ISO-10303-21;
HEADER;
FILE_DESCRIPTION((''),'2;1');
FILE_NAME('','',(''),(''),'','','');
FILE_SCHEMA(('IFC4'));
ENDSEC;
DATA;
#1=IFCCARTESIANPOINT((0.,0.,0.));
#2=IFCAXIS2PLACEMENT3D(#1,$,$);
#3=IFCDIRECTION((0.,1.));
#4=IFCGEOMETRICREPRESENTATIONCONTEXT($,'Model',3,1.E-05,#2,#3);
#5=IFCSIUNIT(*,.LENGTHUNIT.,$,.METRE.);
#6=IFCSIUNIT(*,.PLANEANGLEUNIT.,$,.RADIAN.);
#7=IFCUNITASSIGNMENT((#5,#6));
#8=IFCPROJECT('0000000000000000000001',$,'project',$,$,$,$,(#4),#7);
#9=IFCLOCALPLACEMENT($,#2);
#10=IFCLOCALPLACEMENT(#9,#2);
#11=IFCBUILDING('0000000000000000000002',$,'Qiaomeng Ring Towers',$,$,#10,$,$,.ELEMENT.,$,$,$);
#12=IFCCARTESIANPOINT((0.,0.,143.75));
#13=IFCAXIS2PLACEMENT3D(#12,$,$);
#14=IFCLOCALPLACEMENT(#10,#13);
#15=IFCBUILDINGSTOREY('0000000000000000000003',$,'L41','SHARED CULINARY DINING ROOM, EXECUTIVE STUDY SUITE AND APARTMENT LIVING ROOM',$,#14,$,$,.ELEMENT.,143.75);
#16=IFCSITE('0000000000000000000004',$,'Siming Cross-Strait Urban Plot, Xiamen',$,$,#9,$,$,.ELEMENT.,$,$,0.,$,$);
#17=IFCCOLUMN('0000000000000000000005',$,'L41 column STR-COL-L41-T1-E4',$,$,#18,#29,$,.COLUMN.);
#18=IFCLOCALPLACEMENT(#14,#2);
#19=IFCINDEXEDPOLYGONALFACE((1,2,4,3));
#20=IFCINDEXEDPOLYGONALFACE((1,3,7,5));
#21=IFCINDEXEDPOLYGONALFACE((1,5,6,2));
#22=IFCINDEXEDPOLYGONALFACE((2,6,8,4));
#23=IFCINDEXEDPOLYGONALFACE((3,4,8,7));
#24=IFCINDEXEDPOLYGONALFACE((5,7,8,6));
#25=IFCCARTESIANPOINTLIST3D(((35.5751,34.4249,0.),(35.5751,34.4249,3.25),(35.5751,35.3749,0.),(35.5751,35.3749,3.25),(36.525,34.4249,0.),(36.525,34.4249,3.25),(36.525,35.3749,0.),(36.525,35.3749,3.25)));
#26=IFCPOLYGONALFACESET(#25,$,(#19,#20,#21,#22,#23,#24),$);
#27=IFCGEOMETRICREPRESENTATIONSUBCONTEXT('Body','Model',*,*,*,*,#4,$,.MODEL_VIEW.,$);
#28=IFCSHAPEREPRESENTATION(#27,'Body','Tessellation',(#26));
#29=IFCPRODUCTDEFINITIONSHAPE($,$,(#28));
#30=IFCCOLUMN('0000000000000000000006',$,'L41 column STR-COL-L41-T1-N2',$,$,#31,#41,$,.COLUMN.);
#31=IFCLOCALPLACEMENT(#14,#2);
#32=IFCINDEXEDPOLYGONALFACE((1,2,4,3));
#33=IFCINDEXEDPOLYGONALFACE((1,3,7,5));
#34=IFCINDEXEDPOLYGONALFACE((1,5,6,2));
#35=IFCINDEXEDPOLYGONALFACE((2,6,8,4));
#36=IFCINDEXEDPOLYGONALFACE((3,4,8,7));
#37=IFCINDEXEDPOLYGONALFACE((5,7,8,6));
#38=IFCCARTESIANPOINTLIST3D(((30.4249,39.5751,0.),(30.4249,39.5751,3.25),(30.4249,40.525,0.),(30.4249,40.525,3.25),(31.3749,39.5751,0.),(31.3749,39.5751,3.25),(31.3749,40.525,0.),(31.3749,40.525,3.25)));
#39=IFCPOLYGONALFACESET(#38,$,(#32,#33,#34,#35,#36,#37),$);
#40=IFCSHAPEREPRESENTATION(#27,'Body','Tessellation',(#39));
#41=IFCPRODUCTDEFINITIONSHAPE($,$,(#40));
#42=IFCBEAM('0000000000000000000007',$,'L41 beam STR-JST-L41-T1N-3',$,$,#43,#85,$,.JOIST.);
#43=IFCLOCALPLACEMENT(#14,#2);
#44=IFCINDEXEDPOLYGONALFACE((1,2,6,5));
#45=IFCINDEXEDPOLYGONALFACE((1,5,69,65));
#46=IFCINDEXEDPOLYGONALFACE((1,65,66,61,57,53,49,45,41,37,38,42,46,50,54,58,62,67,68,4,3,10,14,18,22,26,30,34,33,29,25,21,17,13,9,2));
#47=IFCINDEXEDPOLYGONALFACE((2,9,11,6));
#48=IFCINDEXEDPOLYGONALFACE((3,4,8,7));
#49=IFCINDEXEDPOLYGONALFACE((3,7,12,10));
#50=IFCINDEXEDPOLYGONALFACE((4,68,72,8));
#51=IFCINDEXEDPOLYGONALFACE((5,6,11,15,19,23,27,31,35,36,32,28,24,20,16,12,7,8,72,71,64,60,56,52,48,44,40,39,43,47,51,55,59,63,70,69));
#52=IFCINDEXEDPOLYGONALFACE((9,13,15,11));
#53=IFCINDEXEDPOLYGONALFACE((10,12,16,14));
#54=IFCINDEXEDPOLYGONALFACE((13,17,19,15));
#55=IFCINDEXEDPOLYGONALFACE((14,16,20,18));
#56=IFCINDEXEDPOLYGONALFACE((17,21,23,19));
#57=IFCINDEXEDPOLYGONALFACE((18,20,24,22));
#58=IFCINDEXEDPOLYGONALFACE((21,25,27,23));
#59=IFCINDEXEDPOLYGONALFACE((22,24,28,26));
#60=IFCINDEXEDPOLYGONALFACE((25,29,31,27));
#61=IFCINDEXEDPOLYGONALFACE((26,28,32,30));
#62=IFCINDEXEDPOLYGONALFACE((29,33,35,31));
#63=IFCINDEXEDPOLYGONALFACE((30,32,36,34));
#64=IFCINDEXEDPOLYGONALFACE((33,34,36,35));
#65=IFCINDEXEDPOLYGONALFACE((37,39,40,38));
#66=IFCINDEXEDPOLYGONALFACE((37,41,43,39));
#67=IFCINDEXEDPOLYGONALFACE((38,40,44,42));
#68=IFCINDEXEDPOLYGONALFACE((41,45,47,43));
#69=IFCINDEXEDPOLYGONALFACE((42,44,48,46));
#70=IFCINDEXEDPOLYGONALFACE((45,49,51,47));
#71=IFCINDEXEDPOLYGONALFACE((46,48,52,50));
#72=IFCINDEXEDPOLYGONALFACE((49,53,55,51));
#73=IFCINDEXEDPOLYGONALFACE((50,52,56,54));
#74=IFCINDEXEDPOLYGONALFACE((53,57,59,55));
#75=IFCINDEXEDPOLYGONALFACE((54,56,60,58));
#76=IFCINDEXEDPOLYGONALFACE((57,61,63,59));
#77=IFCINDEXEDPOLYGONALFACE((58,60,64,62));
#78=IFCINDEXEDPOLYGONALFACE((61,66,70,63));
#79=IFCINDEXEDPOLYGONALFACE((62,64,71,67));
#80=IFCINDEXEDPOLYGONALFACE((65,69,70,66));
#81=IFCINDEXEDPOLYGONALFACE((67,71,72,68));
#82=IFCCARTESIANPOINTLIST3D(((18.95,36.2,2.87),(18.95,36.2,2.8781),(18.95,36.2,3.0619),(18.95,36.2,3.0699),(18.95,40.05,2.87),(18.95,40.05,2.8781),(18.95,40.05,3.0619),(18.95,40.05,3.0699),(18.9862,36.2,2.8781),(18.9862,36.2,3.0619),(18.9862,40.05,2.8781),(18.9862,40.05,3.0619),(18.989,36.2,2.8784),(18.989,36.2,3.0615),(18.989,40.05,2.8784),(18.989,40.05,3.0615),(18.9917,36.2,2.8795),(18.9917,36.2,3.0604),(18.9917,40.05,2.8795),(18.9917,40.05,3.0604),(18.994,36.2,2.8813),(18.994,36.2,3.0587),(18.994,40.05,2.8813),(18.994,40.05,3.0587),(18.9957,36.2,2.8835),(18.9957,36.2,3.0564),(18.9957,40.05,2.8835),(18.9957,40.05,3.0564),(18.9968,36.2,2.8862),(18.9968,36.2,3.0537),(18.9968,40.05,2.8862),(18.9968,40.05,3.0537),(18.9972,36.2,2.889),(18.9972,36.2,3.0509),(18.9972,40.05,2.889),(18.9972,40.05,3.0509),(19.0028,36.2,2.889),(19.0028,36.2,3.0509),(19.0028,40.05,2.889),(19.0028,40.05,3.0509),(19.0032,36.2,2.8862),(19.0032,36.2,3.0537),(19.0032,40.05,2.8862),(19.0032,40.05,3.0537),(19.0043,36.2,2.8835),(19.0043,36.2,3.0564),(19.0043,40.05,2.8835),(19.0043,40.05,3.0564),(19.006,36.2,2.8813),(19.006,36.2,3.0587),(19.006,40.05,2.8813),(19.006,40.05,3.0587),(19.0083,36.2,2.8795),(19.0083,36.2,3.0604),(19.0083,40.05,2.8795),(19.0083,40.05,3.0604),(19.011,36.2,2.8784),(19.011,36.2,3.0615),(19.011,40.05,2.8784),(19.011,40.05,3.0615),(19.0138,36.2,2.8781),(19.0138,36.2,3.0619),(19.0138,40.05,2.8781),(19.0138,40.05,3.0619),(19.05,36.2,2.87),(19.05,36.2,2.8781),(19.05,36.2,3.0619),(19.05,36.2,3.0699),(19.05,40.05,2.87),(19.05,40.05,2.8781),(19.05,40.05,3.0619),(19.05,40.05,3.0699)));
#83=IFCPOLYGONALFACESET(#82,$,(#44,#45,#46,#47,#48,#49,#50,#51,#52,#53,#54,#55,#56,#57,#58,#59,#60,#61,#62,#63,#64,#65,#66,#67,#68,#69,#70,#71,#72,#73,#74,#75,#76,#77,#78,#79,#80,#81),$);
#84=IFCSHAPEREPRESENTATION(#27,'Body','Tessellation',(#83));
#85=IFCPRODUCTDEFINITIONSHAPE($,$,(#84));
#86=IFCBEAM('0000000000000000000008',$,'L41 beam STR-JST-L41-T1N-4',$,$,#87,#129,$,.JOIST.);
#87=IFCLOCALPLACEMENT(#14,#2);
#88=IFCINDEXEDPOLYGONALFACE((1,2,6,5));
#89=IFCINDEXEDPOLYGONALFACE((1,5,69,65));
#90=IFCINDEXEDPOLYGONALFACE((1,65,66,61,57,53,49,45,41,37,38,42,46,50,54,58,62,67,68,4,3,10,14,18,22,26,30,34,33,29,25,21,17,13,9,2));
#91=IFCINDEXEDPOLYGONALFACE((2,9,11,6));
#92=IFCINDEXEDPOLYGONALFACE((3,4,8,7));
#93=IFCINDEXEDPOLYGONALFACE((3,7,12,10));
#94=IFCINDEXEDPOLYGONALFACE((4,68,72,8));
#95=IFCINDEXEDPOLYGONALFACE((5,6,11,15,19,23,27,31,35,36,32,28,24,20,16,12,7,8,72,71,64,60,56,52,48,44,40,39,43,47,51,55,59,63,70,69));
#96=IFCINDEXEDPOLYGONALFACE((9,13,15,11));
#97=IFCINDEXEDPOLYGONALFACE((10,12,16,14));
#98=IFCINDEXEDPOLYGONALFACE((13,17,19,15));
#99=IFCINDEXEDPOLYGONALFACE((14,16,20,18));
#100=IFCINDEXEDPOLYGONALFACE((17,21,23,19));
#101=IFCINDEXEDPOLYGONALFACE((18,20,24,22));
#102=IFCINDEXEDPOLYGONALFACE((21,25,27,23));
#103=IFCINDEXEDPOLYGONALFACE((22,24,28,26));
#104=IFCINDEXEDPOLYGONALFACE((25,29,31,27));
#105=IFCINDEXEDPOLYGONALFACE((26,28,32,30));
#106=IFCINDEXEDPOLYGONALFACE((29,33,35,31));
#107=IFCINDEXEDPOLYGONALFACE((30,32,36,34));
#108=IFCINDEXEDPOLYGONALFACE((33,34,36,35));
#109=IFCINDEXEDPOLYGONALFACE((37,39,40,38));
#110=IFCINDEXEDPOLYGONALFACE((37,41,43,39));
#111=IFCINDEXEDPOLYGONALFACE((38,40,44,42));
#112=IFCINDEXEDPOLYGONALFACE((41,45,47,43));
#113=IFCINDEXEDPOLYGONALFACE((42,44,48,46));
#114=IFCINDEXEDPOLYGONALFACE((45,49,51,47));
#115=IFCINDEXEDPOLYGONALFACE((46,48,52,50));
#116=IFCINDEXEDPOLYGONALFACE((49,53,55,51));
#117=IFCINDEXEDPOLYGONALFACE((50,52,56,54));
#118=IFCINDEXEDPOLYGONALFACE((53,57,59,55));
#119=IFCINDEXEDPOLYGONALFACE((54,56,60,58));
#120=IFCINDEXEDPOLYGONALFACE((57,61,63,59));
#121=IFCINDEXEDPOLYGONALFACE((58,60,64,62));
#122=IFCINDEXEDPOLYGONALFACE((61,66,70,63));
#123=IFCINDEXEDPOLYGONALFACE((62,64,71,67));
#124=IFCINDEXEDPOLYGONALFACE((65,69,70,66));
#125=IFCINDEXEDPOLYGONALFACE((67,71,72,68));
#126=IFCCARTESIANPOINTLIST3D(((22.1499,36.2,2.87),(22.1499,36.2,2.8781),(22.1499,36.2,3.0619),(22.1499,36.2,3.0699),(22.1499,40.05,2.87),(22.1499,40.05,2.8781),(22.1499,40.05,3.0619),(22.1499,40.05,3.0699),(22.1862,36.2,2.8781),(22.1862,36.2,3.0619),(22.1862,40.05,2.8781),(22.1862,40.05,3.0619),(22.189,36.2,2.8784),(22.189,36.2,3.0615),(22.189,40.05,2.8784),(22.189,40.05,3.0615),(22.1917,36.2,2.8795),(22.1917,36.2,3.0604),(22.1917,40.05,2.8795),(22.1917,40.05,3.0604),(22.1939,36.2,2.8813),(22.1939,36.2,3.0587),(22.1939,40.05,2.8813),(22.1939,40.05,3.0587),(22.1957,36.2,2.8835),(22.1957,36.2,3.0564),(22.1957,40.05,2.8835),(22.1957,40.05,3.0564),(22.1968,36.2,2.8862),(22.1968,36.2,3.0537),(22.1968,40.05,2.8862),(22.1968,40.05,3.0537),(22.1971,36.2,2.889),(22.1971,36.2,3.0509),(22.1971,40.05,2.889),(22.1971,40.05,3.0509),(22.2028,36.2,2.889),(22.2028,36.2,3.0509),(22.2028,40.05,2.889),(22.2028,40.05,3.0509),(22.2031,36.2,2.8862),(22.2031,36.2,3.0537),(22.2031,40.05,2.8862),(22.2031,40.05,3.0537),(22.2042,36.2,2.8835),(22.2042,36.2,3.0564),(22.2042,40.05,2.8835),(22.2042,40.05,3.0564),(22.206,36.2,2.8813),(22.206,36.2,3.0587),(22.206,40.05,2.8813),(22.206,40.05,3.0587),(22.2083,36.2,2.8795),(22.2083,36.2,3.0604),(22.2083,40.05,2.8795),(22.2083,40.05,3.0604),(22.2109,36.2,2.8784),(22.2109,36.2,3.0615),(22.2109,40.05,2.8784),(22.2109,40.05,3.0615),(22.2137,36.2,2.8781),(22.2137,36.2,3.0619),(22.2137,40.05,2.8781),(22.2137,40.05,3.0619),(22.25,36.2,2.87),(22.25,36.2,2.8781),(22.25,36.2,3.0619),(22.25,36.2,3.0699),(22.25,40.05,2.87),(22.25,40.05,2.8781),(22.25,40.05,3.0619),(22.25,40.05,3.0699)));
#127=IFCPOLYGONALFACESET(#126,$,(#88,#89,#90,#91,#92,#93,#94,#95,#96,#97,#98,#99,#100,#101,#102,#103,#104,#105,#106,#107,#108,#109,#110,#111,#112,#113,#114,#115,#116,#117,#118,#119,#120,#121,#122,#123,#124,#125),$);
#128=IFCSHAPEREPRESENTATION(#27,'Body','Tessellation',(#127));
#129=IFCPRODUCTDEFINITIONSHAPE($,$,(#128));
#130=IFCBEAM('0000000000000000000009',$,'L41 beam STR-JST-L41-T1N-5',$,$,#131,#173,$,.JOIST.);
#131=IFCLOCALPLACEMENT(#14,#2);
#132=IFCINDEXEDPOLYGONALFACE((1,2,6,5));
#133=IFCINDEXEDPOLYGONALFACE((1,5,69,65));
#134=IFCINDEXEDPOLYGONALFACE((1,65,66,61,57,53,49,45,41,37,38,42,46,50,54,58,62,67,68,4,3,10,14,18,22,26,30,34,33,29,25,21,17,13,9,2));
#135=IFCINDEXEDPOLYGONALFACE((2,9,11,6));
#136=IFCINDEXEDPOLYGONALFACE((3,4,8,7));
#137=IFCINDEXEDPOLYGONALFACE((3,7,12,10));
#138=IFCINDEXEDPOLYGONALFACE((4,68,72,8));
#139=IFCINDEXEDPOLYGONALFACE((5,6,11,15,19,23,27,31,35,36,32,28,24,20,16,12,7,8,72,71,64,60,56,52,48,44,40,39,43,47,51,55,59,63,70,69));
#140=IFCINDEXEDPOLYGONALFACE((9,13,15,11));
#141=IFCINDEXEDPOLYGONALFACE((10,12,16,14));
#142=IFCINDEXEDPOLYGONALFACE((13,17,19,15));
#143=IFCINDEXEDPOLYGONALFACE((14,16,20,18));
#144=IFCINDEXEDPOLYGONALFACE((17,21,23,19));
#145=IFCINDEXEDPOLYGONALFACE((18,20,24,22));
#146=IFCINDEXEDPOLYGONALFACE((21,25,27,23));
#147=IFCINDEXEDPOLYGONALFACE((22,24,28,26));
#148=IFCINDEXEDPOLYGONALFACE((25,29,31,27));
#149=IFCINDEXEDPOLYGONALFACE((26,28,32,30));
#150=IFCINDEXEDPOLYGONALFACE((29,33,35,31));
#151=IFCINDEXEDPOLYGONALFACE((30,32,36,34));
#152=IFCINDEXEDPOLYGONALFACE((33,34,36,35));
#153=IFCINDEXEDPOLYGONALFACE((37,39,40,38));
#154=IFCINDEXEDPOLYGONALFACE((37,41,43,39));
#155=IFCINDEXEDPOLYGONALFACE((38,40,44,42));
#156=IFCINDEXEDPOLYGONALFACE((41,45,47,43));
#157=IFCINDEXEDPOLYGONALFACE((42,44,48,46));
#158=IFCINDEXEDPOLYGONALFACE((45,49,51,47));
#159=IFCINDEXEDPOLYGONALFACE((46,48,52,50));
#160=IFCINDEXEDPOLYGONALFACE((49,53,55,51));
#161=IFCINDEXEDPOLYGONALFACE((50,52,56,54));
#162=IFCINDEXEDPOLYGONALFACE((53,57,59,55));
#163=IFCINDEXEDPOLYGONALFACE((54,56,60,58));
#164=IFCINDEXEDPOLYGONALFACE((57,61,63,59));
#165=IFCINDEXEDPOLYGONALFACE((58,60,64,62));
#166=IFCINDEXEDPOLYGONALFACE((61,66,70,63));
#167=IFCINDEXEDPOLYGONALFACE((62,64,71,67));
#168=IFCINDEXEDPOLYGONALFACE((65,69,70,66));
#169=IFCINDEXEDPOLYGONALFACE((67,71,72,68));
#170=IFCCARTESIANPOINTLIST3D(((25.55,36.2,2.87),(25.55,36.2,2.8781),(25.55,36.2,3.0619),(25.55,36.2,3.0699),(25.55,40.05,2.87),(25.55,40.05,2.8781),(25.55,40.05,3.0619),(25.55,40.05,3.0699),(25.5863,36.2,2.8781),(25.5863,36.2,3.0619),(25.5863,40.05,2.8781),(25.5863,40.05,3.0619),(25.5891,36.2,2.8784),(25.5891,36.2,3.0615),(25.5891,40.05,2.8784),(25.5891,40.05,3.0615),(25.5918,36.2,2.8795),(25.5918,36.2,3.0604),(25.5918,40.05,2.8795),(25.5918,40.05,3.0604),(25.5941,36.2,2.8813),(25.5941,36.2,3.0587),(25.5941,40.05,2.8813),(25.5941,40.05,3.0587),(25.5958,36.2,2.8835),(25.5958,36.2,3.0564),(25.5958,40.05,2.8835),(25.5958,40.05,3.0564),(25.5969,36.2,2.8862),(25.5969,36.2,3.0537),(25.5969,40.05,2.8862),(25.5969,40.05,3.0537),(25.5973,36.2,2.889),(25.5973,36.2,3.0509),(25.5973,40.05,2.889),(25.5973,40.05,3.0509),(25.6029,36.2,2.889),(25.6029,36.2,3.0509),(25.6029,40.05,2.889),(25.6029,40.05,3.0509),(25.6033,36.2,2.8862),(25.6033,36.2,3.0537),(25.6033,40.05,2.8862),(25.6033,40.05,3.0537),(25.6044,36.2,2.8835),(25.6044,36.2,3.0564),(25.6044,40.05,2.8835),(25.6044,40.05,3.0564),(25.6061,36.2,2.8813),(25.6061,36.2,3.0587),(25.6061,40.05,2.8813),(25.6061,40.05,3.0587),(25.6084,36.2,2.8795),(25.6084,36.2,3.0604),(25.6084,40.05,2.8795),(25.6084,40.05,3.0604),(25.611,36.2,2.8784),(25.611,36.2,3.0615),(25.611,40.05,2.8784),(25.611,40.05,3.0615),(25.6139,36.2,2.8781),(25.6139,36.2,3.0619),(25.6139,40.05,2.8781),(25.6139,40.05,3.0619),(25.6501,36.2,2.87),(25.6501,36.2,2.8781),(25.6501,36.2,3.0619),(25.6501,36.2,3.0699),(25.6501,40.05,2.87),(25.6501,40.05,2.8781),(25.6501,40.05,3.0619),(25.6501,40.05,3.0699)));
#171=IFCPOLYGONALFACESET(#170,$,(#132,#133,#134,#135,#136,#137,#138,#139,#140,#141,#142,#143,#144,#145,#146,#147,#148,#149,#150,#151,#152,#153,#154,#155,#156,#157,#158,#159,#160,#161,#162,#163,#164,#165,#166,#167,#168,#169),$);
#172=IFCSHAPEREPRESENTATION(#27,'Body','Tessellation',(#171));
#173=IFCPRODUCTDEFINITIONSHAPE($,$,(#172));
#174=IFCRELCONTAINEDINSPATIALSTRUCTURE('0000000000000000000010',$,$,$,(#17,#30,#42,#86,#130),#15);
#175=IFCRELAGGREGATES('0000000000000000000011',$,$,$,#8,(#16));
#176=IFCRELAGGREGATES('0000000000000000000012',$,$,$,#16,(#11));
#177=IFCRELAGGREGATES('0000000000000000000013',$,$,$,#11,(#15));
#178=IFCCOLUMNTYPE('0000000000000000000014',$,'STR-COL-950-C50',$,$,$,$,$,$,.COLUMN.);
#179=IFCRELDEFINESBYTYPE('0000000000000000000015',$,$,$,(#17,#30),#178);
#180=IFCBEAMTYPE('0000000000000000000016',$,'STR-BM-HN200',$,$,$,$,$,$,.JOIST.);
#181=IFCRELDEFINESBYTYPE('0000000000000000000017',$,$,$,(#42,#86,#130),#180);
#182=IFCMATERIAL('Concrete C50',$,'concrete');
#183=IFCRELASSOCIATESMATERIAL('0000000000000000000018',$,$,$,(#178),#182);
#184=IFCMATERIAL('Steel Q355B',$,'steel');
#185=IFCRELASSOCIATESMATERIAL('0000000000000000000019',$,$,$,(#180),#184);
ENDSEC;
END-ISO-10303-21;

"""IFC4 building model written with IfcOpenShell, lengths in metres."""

from ifc_helpers import new_model, si_unit, direction, frame, origin, origin_2d, place, context, subcontext, project, spatial, rectangle, i_section, extrude, source, transform, mapped, material, material_profile, profile_set, type_object, element, save


model = new_model("IFC4")

# Units and contexts
model_context = context("Model", 3, precision=1e-05, world=origin(), true_north=direction((0.0, 1.0)))
body_context = subcontext(model_context, "Body", "Model", "MODEL_VIEW")
ifc_project = project(units=[si_unit("LENGTHUNIT", "METRE"), si_unit("PLANEANGLEUNIT", "RADIAN")], contexts=[model_context])

# Site, building, storey
site_placement = place(None, origin())
site = spatial("IfcSite", under=ifc_project, at=site_placement, Name="Siming Cross-Strait Urban Plot, Xiamen", CompositionType="ELEMENT", RefElevation=0.0)
building_placement = place(site_placement, origin())
building = spatial("IfcBuilding", under=site, at=building_placement, Name="Qiaomeng Ring Towers", CompositionType="ELEMENT")
storey_placement = place(building_placement, frame((0.0, 0.0, 143.75)))
storey = spatial("IfcBuildingStorey", under=building, at=storey_placement, Name="L41", Description="SHARED CULINARY DINING ROOM, EXECUTIVE STUDY SUITE AND APARTMENT LIVING ROOM", CompositionType="ELEMENT", Elevation=143.75)

# Columns
ifc_material_1 = material(Name="Concrete C50", Category="concrete")
ifc_material_profile_1 = material_profile(ifc_material_1, rectangle(XDim=0.95, YDim=0.95, at=origin_2d()), Name="RC COL 950x950")
ifc_profile_set_1 = profile_set([ifc_material_profile_1], Name="Concrete C50")
column_type = type_object("IfcColumnType", Name="STR-COL-950-C50", PredefinedType="COLUMN", material=ifc_profile_set_1)
shared_shape_1 = source(origin(), body_context, "Body", "SweptSolid", [
    extrude(rectangle(XDim=0.95, YDim=0.95, at=origin_2d()), origin(), (0.0, 0.0, 1.0), 3.25),
])
for number, where, z_axis, x_axis, name in (
    (1, (36.05, 34.8999, 0.0), (0.0, 0.0, 1.0), (1.0, 0.0, 0.0), "L41 column STR-COL-L41-T1-E4"),
    (2, (30.8999, 40.05, 0.0), (0.0, 0.0, 1.0), (1.0, 0.0, 0.0), "L41 column STR-COL-L41-T1-N2"),
):
    element("IfcColumn", number, at=place(storey_placement, frame(where, z_axis=z_axis, x_axis=x_axis)), inside=storey, type_object=column_type, Name=name, PredefinedType="COLUMN", context=body_context, shape_type="MappedRepresentation", body=[
        mapped(shared_shape_1, transform((0.0, 0.0, 0.0), x_axis=(1.0, 0.0, 0.0), y_axis=(0.0, 1.0, 0.0), z_axis=(0.0, 0.0, 1.0), scale=1.0)),
    ])

# Beams
ifc_material_2 = material(Name="Steel Q355B", Category="steel")
ifc_material_profile_2 = material_profile(ifc_material_2, i_section(OverallWidth=0.1001, OverallDepth=0.2, WebThickness=0.0056, FlangeThickness=0.0081, FilletRadius=0.011, at=origin_2d()), Name="HN 200x100x5.5x8")
ifc_profile_set_2 = profile_set([ifc_material_profile_2], Name="Steel Q355B")
beam_type_1 = type_object("IfcBeamType", Name="STR-BM-HN200", PredefinedType="JOIST", material=ifc_profile_set_2)
shared_shape_2 = source(origin(), body_context, "Body", "SweptSolid", [
    extrude(i_section(OverallWidth=0.1001, OverallDepth=0.2, WebThickness=0.0056, FlangeThickness=0.0081, FilletRadius=0.011, at=origin_2d()), origin(), (0.0, 0.0, 1.0), 3.8501),
])
for number, where, z_axis, x_axis, name in (
    (3, (19.0, 36.2, 2.97), (0.0, 1.0, 0.0), (-1.0, 0.0, 0.0), "L41 beam STR-JST-L41-T1N-3"),
    (4, (22.2, 36.2, 2.97), (0.0, 1.0, 0.0), (-1.0, 0.0, 0.0), "L41 beam STR-JST-L41-T1N-4"),
    (5, (25.6001, 36.2, 2.97), (0.0, 1.0, 0.0), (-1.0, 0.0, 0.0), "L41 beam STR-JST-L41-T1N-5"),
):
    element("IfcBeam", number, at=place(storey_placement, frame(where, z_axis=z_axis, x_axis=x_axis)), inside=storey, type_object=beam_type_1, Name=name, PredefinedType="JOIST", context=body_context, shape_type="MappedRepresentation", body=[
        mapped(shared_shape_2, transform((0.0, 0.0, 0.0), x_axis=(1.0, 0.0, 0.0), y_axis=(0.0, 1.0, 0.0), z_axis=(0.0, 0.0, 1.0), scale=1.0)),
    ])

save(model, "model.ifc")
